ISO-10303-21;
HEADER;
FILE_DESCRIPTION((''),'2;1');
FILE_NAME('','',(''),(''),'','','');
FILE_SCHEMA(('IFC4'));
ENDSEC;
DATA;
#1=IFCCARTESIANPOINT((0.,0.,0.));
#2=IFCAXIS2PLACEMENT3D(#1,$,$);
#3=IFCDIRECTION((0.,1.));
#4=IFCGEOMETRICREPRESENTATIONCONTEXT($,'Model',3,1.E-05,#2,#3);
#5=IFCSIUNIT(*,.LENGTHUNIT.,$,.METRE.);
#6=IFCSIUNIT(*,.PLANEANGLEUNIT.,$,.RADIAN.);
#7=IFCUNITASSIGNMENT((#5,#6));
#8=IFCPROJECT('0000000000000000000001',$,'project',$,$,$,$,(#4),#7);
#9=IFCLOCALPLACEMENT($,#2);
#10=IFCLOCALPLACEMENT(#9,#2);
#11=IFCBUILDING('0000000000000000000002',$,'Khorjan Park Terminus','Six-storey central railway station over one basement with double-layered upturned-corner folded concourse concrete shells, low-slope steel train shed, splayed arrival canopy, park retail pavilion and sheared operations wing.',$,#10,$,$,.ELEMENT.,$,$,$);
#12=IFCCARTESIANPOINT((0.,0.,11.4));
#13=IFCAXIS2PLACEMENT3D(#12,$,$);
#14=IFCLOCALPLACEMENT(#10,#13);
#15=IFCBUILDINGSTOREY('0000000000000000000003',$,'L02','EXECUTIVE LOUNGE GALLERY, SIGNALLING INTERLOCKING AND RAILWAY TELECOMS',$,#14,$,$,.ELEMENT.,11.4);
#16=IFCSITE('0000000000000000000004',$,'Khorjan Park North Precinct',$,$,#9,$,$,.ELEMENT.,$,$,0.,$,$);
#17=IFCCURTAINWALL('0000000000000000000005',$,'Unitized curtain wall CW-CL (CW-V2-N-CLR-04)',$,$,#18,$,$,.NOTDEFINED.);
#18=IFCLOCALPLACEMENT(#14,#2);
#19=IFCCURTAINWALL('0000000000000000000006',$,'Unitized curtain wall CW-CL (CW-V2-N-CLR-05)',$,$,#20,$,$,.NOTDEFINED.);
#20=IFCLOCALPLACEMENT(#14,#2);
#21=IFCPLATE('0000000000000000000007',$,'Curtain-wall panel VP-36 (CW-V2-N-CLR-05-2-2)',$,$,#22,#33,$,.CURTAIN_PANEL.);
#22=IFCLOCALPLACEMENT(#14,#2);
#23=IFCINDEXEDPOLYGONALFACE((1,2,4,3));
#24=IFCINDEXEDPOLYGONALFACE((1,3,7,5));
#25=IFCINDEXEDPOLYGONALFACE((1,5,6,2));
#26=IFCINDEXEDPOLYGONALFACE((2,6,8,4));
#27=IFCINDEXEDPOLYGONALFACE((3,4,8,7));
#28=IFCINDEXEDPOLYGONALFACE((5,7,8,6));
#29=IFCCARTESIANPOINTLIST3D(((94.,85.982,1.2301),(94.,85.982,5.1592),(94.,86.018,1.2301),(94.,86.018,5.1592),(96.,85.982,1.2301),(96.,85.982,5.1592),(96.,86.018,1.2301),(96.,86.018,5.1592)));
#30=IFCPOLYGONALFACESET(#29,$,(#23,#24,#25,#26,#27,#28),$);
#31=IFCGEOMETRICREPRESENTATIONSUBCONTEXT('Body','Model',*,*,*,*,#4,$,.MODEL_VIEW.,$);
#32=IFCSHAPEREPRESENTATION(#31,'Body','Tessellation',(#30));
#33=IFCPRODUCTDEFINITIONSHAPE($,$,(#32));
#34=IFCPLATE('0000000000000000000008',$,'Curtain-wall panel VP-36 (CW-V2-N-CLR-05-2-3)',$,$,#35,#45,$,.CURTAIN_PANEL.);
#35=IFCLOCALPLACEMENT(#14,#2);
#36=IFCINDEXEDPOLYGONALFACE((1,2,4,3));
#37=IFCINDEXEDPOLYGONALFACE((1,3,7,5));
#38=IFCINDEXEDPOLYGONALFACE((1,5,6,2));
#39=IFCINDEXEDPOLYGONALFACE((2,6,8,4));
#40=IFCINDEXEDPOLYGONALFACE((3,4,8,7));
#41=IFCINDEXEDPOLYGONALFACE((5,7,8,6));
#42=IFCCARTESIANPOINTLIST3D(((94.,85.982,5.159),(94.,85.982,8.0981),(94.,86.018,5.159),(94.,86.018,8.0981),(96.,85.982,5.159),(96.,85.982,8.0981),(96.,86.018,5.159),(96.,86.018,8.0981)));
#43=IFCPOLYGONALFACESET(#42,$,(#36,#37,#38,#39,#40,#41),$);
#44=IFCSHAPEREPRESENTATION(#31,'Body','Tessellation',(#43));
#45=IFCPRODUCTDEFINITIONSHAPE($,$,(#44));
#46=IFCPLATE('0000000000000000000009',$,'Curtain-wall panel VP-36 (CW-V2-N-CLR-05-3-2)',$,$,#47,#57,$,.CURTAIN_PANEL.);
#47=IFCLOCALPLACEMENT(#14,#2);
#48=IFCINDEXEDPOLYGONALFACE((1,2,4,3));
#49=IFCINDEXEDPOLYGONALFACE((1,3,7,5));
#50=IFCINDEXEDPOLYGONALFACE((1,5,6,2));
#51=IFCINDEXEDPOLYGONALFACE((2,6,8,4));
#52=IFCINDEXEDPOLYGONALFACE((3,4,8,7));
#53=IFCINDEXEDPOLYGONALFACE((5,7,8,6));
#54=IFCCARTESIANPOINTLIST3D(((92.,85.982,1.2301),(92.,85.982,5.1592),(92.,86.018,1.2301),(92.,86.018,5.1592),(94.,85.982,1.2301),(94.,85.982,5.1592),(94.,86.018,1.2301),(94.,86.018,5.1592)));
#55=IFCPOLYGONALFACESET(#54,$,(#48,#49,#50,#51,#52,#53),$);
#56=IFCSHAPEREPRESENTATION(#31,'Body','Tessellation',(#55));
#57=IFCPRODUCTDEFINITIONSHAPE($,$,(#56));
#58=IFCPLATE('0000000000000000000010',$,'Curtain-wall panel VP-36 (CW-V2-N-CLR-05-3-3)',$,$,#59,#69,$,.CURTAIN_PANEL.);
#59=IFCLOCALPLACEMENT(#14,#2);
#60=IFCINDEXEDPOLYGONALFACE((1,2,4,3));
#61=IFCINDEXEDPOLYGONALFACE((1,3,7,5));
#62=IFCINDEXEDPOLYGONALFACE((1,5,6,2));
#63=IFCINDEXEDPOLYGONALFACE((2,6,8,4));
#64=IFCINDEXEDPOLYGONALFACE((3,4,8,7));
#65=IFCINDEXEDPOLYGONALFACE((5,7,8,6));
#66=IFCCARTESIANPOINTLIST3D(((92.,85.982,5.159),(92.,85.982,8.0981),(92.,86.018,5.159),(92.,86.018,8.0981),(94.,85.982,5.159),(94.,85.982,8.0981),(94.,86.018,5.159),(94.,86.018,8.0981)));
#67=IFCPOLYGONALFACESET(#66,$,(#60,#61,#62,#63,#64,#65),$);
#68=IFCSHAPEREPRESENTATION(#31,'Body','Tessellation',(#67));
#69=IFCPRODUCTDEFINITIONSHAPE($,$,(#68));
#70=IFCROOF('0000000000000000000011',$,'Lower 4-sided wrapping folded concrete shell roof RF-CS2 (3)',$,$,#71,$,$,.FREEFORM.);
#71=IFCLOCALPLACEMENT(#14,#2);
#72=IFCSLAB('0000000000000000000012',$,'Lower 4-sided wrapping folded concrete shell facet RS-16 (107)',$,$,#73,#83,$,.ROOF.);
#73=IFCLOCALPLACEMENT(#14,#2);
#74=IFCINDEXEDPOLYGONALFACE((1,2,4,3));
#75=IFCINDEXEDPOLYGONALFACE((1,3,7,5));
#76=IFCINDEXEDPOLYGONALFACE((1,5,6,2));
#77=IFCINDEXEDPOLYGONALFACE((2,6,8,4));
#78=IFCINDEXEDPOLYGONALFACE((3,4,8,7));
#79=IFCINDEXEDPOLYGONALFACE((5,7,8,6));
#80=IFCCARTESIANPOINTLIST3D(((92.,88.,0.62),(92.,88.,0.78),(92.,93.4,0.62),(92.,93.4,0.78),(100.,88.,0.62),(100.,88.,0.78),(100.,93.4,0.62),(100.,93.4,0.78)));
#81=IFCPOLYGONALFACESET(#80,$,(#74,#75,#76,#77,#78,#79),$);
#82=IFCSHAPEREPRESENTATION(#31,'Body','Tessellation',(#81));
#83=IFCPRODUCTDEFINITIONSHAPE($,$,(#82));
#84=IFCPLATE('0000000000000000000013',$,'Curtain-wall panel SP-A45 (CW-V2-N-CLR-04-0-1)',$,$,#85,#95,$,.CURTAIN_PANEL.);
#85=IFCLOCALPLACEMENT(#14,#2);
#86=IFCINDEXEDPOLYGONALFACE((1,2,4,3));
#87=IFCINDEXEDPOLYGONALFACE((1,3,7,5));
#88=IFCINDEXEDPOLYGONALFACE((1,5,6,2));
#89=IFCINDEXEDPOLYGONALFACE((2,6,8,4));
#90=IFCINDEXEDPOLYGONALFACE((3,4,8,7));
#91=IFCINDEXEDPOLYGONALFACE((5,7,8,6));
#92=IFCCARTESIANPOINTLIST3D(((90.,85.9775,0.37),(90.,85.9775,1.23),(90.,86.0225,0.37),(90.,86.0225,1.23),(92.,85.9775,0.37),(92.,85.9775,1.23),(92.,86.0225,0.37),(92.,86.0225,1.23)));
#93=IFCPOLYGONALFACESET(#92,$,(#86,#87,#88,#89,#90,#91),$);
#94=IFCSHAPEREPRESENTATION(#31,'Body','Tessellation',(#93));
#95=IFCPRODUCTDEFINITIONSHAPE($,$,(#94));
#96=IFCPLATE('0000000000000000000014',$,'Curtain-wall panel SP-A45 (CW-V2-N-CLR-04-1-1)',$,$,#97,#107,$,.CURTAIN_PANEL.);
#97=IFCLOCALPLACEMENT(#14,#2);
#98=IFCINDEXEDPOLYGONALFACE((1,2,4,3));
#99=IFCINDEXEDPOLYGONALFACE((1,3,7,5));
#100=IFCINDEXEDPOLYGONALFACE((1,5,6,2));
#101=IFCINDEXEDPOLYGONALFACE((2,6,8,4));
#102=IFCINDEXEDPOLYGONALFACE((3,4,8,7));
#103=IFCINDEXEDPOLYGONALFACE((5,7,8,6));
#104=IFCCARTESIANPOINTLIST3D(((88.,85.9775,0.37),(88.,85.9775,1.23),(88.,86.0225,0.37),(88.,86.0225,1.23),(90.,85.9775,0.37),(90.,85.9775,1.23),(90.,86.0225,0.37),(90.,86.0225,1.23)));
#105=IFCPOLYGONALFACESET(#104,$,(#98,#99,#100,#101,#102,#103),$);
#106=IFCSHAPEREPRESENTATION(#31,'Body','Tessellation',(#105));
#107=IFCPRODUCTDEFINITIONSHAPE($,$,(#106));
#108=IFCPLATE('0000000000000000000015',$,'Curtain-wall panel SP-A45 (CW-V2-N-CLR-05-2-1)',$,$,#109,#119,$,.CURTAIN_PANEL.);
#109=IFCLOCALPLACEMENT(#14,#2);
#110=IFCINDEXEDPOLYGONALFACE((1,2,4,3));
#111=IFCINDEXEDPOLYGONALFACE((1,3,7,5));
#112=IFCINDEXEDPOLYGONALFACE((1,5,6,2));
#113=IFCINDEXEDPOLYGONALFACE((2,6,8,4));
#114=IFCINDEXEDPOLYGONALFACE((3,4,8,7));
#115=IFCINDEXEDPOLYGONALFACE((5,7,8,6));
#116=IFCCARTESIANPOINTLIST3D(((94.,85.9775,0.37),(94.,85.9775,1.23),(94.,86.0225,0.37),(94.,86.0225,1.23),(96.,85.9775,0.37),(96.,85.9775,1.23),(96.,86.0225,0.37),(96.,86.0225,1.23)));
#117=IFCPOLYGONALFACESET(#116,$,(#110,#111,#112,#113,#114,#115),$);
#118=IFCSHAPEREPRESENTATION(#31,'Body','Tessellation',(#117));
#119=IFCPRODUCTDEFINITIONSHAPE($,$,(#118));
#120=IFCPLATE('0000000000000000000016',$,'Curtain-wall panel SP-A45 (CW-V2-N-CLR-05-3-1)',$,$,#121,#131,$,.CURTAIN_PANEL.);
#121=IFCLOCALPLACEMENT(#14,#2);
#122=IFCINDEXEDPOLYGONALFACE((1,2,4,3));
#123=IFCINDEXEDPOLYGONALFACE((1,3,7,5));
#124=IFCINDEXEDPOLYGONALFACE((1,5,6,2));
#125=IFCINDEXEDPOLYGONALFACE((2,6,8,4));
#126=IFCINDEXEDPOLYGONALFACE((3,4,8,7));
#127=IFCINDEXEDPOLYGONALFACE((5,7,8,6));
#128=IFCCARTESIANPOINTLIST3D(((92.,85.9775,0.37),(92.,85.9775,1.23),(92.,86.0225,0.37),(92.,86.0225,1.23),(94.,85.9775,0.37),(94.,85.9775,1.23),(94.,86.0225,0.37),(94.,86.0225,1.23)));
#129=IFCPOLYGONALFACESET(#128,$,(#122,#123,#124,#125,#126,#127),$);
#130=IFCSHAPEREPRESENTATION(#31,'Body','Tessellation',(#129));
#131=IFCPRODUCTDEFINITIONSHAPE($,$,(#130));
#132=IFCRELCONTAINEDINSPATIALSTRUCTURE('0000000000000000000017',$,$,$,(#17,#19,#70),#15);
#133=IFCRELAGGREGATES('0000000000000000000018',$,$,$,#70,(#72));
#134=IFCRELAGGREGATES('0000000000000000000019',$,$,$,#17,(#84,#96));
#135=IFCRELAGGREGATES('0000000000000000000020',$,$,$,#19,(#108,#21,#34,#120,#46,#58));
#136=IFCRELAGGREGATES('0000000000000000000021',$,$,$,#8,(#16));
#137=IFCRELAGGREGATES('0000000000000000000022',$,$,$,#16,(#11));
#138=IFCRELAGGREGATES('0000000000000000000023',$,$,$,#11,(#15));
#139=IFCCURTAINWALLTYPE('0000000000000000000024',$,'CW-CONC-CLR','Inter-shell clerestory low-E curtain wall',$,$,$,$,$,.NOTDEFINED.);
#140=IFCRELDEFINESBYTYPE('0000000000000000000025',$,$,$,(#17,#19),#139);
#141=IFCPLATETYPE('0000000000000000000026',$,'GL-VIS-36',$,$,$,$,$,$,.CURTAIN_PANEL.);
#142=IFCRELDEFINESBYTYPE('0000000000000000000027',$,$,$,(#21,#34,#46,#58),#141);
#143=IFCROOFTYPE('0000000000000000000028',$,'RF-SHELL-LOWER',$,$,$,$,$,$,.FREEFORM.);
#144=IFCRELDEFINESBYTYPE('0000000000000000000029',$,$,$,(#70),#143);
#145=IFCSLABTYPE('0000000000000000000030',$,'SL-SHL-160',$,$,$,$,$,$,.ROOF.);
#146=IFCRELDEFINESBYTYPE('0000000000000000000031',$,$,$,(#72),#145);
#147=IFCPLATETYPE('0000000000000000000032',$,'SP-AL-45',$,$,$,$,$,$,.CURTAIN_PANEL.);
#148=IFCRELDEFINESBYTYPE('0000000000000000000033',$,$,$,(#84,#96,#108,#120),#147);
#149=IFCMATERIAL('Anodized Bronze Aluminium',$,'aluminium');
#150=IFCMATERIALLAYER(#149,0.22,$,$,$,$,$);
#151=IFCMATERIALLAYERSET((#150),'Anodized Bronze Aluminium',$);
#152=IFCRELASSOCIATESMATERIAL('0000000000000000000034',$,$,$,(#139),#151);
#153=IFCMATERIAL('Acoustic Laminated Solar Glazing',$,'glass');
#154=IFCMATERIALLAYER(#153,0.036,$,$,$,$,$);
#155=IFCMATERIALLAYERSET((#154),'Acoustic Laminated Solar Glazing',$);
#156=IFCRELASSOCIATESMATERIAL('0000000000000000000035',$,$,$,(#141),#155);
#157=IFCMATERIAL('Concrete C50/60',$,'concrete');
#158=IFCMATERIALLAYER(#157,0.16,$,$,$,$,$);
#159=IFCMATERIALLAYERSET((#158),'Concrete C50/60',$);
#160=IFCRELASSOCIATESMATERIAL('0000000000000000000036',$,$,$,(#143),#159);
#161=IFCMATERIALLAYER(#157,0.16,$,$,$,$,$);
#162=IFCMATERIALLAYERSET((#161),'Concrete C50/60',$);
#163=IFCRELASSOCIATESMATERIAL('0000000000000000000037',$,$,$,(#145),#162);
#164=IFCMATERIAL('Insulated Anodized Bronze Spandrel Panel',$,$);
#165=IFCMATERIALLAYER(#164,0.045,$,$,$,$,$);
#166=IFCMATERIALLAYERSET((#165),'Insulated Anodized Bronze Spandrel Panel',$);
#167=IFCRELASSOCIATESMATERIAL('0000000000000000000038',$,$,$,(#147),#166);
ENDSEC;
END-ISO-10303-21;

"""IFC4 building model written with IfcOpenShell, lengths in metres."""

from ifc_helpers import new_model, si_unit, direction, frame, origin, origin_2d, place, context, subcontext, project, spatial, polyline, rectangle, outline, extrude, material, layer, layer_set, type_object, element, aggregate, save


model = new_model("IFC4")

# Units and contexts
model_context = context("Model", 3, precision=1e-05, world=origin(), true_north=direction((0.0, 1.0)))
body_context = subcontext(model_context, "Body", "Model", "MODEL_VIEW")
ifc_project = project(units=[si_unit("LENGTHUNIT", "METRE"), si_unit("PLANEANGLEUNIT", "RADIAN")], contexts=[model_context])

# Site, building, storey
site_placement = place(None, origin())
site = spatial("IfcSite", under=ifc_project, at=site_placement, Name="Khorjan Park North Precinct", CompositionType="ELEMENT", RefElevation=0.0)
building_placement = place(site_placement, origin())
building = spatial("IfcBuilding", under=site, at=building_placement, Name="Khorjan Park Terminus", Description="Six-storey central railway station over one basement with double-layered upturned-corner folded concourse concrete shells, low-slope steel train shed, splayed arrival canopy, park retail pavilion and sheared operations wing.", CompositionType="ELEMENT")
storey_placement = place(building_placement, frame((0.0, 0.0, 11.4)))
storey = spatial("IfcBuildingStorey", under=building, at=storey_placement, Name="L02", Description="EXECUTIVE LOUNGE GALLERY, SIGNALLING INTERLOCKING AND RAILWAY TELECOMS", CompositionType="ELEMENT", Elevation=11.4)

# Shared definitions
ifc_material_1 = material(Name="Concrete C50/60", Category="concrete")

# Curtain walls
ifc_material_2 = material(Name="Anodized Bronze Aluminium", Category="aluminium")
ifc_layer_1 = layer(ifc_material_2, 0.22)
ifc_layer_set_1 = layer_set([ifc_layer_1], Name="Anodized Bronze Aluminium")
curtain_wall_type = type_object("IfcCurtainWallType", Name="CW-CONC-CLR", Description="Inter-shell clerestory low-E curtain wall", PredefinedType="NOTDEFINED", material=ifc_layer_set_1)
curtain_wall_1_placement = place(storey_placement, origin())
curtain_wall_1 = element("IfcCurtainWall", 1, at=curtain_wall_1_placement, inside=storey, type_object=curtain_wall_type, Name="Unitized curtain wall CW-CL (CW-V2-N-CLR-04)", PredefinedType="NOTDEFINED")
curtain_wall_2_placement = place(storey_placement, origin())
curtain_wall_2 = element("IfcCurtainWall", 2, at=curtain_wall_2_placement, inside=storey, type_object=curtain_wall_type, Name="Unitized curtain wall CW-CL (CW-V2-N-CLR-05)", PredefinedType="NOTDEFINED")

# Plates
ifc_material_3 = material(Name="Acoustic Laminated Solar Glazing", Category="glass")
ifc_layer_2 = layer(ifc_material_3, 0.036)
ifc_layer_set_2 = layer_set([ifc_layer_2], Name="Acoustic Laminated Solar Glazing")
plate_type_1 = type_object("IfcPlateType", Name="GL-VIS-36", PredefinedType="CURTAIN_PANEL", material=ifc_layer_set_2)
plate_1_placement = place(storey_placement, frame((95.0, 86.0, 1.2301), z_axis=(0.0, 0.0, 1.0), x_axis=(-1.0, 0.0, 0.0)))
plate_1 = element("IfcPlate", 3, at=plate_1_placement, type_object=plate_type_1, Name="Curtain-wall panel VP-36 (CW-V2-N-CLR-05-2-2)", PredefinedType="CURTAIN_PANEL", context=body_context, shape_type="SweptSolid", body=[
    extrude(rectangle(XDim=2.0, YDim=0.036, at=origin_2d()), origin(), (0.0, 0.0, 1.0), 3.9291),
])
plate_2_placement = place(storey_placement, frame((95.0, 86.0, 5.159), z_axis=(0.0, 0.0, 1.0), x_axis=(-1.0, 0.0, 0.0)))
plate_2 = element("IfcPlate", 4, at=plate_2_placement, type_object=plate_type_1, Name="Curtain-wall panel VP-36 (CW-V2-N-CLR-05-2-3)", PredefinedType="CURTAIN_PANEL", context=body_context, shape_type="SweptSolid", body=[
    extrude(rectangle(XDim=2.0, YDim=0.036, at=origin_2d()), origin(), (0.0, 0.0, 1.0), 2.9391),
])
plate_3_placement = place(storey_placement, frame((93.0, 86.0, 1.2301), z_axis=(0.0, 0.0, 1.0), x_axis=(-1.0, 0.0, 0.0)))
plate_3 = element("IfcPlate", 5, at=plate_3_placement, type_object=plate_type_1, Name="Curtain-wall panel VP-36 (CW-V2-N-CLR-05-3-2)", PredefinedType="CURTAIN_PANEL", context=body_context, shape_type="SweptSolid", body=[
    extrude(rectangle(XDim=2.0, YDim=0.036, at=origin_2d()), origin(), (0.0, 0.0, 1.0), 3.9291),
])
plate_4_placement = place(storey_placement, frame((93.0, 86.0, 5.159), z_axis=(0.0, 0.0, 1.0), x_axis=(-1.0, 0.0, 0.0)))
plate_4 = element("IfcPlate", 6, at=plate_4_placement, type_object=plate_type_1, Name="Curtain-wall panel VP-36 (CW-V2-N-CLR-05-3-3)", PredefinedType="CURTAIN_PANEL", context=body_context, shape_type="SweptSolid", body=[
    extrude(rectangle(XDim=2.0, YDim=0.036, at=origin_2d()), origin(), (0.0, 0.0, 1.0), 2.9391),
])

# Roof, slab
ifc_layer_3 = layer(ifc_material_1, 0.16)
ifc_layer_set_3 = layer_set([ifc_layer_3], Name="Concrete C50/60")
roof_type = type_object("IfcRoofType", Name="RF-SHELL-LOWER", PredefinedType="FREEFORM", material=ifc_layer_set_3)
roof_placement = place(storey_placement, origin())
roof = element("IfcRoof", 7, at=roof_placement, inside=storey, type_object=roof_type, Name="Lower 4-sided wrapping folded concrete shell roof RF-CS2 (3)", PredefinedType="FREEFORM")
ifc_layer_4 = layer(ifc_material_1, 0.16)
ifc_layer_set_4 = layer_set([ifc_layer_4], Name="Concrete C50/60")
slab_type = type_object("IfcSlabType", Name="SL-SHL-160", PredefinedType="ROOF", material=ifc_layer_set_4)
slab_placement = place(storey_placement, frame((92.0, 88.0, 0.78), z_axis=(0.0, 0.0, 1.0), x_axis=(1.0, 0.0, 0.0)))
slab = element("IfcSlab", 8, at=slab_placement, type_object=slab_type, Name="Lower 4-sided wrapping folded concrete shell facet RS-16 (107)", PredefinedType="ROOF", context=body_context, shape_type="SweptSolid", body=[
    extrude(outline(polyline([(0.0, 0.0), (8.0, 0.0), (8.0, 5.4), (0.0, 5.4), (0.0, 0.0)])), origin(), (0.0, 0.0, -1.0), 0.16),
])
aggregate(roof, [slab])

# Plates
ifc_material_4 = material(Name="Insulated Anodized Bronze Spandrel Panel")
ifc_layer_5 = layer(ifc_material_4, 0.045)
ifc_layer_set_5 = layer_set([ifc_layer_5], Name="Insulated Anodized Bronze Spandrel Panel")
plate_type_2 = type_object("IfcPlateType", Name="SP-AL-45", PredefinedType="CURTAIN_PANEL", material=ifc_layer_set_5)
plate_5_placement = place(storey_placement, frame((91.0, 86.0, 0.37), z_axis=(0.0, 0.0, 1.0), x_axis=(-1.0, 0.0, 0.0)))
plate_5 = element("IfcPlate", 9, at=plate_5_placement, type_object=plate_type_2, Name="Curtain-wall panel SP-A45 (CW-V2-N-CLR-04-0-1)", PredefinedType="CURTAIN_PANEL", context=body_context, shape_type="SweptSolid", body=[
    extrude(rectangle(XDim=2.0, YDim=0.045, at=origin_2d()), origin(), (0.0, 0.0, 1.0), 0.86),
])
plate_6_placement = place(storey_placement, frame((89.0, 86.0, 0.37), z_axis=(0.0, 0.0, 1.0), x_axis=(-1.0, 0.0, 0.0)))
plate_6 = element("IfcPlate", 10, at=plate_6_placement, type_object=plate_type_2, Name="Curtain-wall panel SP-A45 (CW-V2-N-CLR-04-1-1)", PredefinedType="CURTAIN_PANEL", context=body_context, shape_type="SweptSolid", body=[
    extrude(rectangle(XDim=2.0, YDim=0.045, at=origin_2d()), origin(), (0.0, 0.0, 1.0), 0.86),
])
aggregate(curtain_wall_1, [plate_5, plate_6])
plate_7_placement = place(storey_placement, frame((95.0, 86.0, 0.37), z_axis=(0.0, 0.0, 1.0), x_axis=(-1.0, 0.0, 0.0)))
plate_7 = element("IfcPlate", 11, at=plate_7_placement, type_object=plate_type_2, Name="Curtain-wall panel SP-A45 (CW-V2-N-CLR-05-2-1)", PredefinedType="CURTAIN_PANEL", context=body_context, shape_type="SweptSolid", body=[
    extrude(rectangle(XDim=2.0, YDim=0.045, at=origin_2d()), origin(), (0.0, 0.0, 1.0), 0.86),
])
plate_8_placement = place(storey_placement, frame((93.0, 86.0, 0.37), z_axis=(0.0, 0.0, 1.0), x_axis=(-1.0, 0.0, 0.0)))
plate_8 = element("IfcPlate", 12, at=plate_8_placement, type_object=plate_type_2, Name="Curtain-wall panel SP-A45 (CW-V2-N-CLR-05-3-1)", PredefinedType="CURTAIN_PANEL", context=body_context, shape_type="SweptSolid", body=[
    extrude(rectangle(XDim=2.0, YDim=0.045, at=origin_2d()), origin(), (0.0, 0.0, 1.0), 0.86),
])
aggregate(curtain_wall_2, [plate_7, plate_1, plate_2, plate_8, plate_3, plate_4])

save(model, "model.ifc")
